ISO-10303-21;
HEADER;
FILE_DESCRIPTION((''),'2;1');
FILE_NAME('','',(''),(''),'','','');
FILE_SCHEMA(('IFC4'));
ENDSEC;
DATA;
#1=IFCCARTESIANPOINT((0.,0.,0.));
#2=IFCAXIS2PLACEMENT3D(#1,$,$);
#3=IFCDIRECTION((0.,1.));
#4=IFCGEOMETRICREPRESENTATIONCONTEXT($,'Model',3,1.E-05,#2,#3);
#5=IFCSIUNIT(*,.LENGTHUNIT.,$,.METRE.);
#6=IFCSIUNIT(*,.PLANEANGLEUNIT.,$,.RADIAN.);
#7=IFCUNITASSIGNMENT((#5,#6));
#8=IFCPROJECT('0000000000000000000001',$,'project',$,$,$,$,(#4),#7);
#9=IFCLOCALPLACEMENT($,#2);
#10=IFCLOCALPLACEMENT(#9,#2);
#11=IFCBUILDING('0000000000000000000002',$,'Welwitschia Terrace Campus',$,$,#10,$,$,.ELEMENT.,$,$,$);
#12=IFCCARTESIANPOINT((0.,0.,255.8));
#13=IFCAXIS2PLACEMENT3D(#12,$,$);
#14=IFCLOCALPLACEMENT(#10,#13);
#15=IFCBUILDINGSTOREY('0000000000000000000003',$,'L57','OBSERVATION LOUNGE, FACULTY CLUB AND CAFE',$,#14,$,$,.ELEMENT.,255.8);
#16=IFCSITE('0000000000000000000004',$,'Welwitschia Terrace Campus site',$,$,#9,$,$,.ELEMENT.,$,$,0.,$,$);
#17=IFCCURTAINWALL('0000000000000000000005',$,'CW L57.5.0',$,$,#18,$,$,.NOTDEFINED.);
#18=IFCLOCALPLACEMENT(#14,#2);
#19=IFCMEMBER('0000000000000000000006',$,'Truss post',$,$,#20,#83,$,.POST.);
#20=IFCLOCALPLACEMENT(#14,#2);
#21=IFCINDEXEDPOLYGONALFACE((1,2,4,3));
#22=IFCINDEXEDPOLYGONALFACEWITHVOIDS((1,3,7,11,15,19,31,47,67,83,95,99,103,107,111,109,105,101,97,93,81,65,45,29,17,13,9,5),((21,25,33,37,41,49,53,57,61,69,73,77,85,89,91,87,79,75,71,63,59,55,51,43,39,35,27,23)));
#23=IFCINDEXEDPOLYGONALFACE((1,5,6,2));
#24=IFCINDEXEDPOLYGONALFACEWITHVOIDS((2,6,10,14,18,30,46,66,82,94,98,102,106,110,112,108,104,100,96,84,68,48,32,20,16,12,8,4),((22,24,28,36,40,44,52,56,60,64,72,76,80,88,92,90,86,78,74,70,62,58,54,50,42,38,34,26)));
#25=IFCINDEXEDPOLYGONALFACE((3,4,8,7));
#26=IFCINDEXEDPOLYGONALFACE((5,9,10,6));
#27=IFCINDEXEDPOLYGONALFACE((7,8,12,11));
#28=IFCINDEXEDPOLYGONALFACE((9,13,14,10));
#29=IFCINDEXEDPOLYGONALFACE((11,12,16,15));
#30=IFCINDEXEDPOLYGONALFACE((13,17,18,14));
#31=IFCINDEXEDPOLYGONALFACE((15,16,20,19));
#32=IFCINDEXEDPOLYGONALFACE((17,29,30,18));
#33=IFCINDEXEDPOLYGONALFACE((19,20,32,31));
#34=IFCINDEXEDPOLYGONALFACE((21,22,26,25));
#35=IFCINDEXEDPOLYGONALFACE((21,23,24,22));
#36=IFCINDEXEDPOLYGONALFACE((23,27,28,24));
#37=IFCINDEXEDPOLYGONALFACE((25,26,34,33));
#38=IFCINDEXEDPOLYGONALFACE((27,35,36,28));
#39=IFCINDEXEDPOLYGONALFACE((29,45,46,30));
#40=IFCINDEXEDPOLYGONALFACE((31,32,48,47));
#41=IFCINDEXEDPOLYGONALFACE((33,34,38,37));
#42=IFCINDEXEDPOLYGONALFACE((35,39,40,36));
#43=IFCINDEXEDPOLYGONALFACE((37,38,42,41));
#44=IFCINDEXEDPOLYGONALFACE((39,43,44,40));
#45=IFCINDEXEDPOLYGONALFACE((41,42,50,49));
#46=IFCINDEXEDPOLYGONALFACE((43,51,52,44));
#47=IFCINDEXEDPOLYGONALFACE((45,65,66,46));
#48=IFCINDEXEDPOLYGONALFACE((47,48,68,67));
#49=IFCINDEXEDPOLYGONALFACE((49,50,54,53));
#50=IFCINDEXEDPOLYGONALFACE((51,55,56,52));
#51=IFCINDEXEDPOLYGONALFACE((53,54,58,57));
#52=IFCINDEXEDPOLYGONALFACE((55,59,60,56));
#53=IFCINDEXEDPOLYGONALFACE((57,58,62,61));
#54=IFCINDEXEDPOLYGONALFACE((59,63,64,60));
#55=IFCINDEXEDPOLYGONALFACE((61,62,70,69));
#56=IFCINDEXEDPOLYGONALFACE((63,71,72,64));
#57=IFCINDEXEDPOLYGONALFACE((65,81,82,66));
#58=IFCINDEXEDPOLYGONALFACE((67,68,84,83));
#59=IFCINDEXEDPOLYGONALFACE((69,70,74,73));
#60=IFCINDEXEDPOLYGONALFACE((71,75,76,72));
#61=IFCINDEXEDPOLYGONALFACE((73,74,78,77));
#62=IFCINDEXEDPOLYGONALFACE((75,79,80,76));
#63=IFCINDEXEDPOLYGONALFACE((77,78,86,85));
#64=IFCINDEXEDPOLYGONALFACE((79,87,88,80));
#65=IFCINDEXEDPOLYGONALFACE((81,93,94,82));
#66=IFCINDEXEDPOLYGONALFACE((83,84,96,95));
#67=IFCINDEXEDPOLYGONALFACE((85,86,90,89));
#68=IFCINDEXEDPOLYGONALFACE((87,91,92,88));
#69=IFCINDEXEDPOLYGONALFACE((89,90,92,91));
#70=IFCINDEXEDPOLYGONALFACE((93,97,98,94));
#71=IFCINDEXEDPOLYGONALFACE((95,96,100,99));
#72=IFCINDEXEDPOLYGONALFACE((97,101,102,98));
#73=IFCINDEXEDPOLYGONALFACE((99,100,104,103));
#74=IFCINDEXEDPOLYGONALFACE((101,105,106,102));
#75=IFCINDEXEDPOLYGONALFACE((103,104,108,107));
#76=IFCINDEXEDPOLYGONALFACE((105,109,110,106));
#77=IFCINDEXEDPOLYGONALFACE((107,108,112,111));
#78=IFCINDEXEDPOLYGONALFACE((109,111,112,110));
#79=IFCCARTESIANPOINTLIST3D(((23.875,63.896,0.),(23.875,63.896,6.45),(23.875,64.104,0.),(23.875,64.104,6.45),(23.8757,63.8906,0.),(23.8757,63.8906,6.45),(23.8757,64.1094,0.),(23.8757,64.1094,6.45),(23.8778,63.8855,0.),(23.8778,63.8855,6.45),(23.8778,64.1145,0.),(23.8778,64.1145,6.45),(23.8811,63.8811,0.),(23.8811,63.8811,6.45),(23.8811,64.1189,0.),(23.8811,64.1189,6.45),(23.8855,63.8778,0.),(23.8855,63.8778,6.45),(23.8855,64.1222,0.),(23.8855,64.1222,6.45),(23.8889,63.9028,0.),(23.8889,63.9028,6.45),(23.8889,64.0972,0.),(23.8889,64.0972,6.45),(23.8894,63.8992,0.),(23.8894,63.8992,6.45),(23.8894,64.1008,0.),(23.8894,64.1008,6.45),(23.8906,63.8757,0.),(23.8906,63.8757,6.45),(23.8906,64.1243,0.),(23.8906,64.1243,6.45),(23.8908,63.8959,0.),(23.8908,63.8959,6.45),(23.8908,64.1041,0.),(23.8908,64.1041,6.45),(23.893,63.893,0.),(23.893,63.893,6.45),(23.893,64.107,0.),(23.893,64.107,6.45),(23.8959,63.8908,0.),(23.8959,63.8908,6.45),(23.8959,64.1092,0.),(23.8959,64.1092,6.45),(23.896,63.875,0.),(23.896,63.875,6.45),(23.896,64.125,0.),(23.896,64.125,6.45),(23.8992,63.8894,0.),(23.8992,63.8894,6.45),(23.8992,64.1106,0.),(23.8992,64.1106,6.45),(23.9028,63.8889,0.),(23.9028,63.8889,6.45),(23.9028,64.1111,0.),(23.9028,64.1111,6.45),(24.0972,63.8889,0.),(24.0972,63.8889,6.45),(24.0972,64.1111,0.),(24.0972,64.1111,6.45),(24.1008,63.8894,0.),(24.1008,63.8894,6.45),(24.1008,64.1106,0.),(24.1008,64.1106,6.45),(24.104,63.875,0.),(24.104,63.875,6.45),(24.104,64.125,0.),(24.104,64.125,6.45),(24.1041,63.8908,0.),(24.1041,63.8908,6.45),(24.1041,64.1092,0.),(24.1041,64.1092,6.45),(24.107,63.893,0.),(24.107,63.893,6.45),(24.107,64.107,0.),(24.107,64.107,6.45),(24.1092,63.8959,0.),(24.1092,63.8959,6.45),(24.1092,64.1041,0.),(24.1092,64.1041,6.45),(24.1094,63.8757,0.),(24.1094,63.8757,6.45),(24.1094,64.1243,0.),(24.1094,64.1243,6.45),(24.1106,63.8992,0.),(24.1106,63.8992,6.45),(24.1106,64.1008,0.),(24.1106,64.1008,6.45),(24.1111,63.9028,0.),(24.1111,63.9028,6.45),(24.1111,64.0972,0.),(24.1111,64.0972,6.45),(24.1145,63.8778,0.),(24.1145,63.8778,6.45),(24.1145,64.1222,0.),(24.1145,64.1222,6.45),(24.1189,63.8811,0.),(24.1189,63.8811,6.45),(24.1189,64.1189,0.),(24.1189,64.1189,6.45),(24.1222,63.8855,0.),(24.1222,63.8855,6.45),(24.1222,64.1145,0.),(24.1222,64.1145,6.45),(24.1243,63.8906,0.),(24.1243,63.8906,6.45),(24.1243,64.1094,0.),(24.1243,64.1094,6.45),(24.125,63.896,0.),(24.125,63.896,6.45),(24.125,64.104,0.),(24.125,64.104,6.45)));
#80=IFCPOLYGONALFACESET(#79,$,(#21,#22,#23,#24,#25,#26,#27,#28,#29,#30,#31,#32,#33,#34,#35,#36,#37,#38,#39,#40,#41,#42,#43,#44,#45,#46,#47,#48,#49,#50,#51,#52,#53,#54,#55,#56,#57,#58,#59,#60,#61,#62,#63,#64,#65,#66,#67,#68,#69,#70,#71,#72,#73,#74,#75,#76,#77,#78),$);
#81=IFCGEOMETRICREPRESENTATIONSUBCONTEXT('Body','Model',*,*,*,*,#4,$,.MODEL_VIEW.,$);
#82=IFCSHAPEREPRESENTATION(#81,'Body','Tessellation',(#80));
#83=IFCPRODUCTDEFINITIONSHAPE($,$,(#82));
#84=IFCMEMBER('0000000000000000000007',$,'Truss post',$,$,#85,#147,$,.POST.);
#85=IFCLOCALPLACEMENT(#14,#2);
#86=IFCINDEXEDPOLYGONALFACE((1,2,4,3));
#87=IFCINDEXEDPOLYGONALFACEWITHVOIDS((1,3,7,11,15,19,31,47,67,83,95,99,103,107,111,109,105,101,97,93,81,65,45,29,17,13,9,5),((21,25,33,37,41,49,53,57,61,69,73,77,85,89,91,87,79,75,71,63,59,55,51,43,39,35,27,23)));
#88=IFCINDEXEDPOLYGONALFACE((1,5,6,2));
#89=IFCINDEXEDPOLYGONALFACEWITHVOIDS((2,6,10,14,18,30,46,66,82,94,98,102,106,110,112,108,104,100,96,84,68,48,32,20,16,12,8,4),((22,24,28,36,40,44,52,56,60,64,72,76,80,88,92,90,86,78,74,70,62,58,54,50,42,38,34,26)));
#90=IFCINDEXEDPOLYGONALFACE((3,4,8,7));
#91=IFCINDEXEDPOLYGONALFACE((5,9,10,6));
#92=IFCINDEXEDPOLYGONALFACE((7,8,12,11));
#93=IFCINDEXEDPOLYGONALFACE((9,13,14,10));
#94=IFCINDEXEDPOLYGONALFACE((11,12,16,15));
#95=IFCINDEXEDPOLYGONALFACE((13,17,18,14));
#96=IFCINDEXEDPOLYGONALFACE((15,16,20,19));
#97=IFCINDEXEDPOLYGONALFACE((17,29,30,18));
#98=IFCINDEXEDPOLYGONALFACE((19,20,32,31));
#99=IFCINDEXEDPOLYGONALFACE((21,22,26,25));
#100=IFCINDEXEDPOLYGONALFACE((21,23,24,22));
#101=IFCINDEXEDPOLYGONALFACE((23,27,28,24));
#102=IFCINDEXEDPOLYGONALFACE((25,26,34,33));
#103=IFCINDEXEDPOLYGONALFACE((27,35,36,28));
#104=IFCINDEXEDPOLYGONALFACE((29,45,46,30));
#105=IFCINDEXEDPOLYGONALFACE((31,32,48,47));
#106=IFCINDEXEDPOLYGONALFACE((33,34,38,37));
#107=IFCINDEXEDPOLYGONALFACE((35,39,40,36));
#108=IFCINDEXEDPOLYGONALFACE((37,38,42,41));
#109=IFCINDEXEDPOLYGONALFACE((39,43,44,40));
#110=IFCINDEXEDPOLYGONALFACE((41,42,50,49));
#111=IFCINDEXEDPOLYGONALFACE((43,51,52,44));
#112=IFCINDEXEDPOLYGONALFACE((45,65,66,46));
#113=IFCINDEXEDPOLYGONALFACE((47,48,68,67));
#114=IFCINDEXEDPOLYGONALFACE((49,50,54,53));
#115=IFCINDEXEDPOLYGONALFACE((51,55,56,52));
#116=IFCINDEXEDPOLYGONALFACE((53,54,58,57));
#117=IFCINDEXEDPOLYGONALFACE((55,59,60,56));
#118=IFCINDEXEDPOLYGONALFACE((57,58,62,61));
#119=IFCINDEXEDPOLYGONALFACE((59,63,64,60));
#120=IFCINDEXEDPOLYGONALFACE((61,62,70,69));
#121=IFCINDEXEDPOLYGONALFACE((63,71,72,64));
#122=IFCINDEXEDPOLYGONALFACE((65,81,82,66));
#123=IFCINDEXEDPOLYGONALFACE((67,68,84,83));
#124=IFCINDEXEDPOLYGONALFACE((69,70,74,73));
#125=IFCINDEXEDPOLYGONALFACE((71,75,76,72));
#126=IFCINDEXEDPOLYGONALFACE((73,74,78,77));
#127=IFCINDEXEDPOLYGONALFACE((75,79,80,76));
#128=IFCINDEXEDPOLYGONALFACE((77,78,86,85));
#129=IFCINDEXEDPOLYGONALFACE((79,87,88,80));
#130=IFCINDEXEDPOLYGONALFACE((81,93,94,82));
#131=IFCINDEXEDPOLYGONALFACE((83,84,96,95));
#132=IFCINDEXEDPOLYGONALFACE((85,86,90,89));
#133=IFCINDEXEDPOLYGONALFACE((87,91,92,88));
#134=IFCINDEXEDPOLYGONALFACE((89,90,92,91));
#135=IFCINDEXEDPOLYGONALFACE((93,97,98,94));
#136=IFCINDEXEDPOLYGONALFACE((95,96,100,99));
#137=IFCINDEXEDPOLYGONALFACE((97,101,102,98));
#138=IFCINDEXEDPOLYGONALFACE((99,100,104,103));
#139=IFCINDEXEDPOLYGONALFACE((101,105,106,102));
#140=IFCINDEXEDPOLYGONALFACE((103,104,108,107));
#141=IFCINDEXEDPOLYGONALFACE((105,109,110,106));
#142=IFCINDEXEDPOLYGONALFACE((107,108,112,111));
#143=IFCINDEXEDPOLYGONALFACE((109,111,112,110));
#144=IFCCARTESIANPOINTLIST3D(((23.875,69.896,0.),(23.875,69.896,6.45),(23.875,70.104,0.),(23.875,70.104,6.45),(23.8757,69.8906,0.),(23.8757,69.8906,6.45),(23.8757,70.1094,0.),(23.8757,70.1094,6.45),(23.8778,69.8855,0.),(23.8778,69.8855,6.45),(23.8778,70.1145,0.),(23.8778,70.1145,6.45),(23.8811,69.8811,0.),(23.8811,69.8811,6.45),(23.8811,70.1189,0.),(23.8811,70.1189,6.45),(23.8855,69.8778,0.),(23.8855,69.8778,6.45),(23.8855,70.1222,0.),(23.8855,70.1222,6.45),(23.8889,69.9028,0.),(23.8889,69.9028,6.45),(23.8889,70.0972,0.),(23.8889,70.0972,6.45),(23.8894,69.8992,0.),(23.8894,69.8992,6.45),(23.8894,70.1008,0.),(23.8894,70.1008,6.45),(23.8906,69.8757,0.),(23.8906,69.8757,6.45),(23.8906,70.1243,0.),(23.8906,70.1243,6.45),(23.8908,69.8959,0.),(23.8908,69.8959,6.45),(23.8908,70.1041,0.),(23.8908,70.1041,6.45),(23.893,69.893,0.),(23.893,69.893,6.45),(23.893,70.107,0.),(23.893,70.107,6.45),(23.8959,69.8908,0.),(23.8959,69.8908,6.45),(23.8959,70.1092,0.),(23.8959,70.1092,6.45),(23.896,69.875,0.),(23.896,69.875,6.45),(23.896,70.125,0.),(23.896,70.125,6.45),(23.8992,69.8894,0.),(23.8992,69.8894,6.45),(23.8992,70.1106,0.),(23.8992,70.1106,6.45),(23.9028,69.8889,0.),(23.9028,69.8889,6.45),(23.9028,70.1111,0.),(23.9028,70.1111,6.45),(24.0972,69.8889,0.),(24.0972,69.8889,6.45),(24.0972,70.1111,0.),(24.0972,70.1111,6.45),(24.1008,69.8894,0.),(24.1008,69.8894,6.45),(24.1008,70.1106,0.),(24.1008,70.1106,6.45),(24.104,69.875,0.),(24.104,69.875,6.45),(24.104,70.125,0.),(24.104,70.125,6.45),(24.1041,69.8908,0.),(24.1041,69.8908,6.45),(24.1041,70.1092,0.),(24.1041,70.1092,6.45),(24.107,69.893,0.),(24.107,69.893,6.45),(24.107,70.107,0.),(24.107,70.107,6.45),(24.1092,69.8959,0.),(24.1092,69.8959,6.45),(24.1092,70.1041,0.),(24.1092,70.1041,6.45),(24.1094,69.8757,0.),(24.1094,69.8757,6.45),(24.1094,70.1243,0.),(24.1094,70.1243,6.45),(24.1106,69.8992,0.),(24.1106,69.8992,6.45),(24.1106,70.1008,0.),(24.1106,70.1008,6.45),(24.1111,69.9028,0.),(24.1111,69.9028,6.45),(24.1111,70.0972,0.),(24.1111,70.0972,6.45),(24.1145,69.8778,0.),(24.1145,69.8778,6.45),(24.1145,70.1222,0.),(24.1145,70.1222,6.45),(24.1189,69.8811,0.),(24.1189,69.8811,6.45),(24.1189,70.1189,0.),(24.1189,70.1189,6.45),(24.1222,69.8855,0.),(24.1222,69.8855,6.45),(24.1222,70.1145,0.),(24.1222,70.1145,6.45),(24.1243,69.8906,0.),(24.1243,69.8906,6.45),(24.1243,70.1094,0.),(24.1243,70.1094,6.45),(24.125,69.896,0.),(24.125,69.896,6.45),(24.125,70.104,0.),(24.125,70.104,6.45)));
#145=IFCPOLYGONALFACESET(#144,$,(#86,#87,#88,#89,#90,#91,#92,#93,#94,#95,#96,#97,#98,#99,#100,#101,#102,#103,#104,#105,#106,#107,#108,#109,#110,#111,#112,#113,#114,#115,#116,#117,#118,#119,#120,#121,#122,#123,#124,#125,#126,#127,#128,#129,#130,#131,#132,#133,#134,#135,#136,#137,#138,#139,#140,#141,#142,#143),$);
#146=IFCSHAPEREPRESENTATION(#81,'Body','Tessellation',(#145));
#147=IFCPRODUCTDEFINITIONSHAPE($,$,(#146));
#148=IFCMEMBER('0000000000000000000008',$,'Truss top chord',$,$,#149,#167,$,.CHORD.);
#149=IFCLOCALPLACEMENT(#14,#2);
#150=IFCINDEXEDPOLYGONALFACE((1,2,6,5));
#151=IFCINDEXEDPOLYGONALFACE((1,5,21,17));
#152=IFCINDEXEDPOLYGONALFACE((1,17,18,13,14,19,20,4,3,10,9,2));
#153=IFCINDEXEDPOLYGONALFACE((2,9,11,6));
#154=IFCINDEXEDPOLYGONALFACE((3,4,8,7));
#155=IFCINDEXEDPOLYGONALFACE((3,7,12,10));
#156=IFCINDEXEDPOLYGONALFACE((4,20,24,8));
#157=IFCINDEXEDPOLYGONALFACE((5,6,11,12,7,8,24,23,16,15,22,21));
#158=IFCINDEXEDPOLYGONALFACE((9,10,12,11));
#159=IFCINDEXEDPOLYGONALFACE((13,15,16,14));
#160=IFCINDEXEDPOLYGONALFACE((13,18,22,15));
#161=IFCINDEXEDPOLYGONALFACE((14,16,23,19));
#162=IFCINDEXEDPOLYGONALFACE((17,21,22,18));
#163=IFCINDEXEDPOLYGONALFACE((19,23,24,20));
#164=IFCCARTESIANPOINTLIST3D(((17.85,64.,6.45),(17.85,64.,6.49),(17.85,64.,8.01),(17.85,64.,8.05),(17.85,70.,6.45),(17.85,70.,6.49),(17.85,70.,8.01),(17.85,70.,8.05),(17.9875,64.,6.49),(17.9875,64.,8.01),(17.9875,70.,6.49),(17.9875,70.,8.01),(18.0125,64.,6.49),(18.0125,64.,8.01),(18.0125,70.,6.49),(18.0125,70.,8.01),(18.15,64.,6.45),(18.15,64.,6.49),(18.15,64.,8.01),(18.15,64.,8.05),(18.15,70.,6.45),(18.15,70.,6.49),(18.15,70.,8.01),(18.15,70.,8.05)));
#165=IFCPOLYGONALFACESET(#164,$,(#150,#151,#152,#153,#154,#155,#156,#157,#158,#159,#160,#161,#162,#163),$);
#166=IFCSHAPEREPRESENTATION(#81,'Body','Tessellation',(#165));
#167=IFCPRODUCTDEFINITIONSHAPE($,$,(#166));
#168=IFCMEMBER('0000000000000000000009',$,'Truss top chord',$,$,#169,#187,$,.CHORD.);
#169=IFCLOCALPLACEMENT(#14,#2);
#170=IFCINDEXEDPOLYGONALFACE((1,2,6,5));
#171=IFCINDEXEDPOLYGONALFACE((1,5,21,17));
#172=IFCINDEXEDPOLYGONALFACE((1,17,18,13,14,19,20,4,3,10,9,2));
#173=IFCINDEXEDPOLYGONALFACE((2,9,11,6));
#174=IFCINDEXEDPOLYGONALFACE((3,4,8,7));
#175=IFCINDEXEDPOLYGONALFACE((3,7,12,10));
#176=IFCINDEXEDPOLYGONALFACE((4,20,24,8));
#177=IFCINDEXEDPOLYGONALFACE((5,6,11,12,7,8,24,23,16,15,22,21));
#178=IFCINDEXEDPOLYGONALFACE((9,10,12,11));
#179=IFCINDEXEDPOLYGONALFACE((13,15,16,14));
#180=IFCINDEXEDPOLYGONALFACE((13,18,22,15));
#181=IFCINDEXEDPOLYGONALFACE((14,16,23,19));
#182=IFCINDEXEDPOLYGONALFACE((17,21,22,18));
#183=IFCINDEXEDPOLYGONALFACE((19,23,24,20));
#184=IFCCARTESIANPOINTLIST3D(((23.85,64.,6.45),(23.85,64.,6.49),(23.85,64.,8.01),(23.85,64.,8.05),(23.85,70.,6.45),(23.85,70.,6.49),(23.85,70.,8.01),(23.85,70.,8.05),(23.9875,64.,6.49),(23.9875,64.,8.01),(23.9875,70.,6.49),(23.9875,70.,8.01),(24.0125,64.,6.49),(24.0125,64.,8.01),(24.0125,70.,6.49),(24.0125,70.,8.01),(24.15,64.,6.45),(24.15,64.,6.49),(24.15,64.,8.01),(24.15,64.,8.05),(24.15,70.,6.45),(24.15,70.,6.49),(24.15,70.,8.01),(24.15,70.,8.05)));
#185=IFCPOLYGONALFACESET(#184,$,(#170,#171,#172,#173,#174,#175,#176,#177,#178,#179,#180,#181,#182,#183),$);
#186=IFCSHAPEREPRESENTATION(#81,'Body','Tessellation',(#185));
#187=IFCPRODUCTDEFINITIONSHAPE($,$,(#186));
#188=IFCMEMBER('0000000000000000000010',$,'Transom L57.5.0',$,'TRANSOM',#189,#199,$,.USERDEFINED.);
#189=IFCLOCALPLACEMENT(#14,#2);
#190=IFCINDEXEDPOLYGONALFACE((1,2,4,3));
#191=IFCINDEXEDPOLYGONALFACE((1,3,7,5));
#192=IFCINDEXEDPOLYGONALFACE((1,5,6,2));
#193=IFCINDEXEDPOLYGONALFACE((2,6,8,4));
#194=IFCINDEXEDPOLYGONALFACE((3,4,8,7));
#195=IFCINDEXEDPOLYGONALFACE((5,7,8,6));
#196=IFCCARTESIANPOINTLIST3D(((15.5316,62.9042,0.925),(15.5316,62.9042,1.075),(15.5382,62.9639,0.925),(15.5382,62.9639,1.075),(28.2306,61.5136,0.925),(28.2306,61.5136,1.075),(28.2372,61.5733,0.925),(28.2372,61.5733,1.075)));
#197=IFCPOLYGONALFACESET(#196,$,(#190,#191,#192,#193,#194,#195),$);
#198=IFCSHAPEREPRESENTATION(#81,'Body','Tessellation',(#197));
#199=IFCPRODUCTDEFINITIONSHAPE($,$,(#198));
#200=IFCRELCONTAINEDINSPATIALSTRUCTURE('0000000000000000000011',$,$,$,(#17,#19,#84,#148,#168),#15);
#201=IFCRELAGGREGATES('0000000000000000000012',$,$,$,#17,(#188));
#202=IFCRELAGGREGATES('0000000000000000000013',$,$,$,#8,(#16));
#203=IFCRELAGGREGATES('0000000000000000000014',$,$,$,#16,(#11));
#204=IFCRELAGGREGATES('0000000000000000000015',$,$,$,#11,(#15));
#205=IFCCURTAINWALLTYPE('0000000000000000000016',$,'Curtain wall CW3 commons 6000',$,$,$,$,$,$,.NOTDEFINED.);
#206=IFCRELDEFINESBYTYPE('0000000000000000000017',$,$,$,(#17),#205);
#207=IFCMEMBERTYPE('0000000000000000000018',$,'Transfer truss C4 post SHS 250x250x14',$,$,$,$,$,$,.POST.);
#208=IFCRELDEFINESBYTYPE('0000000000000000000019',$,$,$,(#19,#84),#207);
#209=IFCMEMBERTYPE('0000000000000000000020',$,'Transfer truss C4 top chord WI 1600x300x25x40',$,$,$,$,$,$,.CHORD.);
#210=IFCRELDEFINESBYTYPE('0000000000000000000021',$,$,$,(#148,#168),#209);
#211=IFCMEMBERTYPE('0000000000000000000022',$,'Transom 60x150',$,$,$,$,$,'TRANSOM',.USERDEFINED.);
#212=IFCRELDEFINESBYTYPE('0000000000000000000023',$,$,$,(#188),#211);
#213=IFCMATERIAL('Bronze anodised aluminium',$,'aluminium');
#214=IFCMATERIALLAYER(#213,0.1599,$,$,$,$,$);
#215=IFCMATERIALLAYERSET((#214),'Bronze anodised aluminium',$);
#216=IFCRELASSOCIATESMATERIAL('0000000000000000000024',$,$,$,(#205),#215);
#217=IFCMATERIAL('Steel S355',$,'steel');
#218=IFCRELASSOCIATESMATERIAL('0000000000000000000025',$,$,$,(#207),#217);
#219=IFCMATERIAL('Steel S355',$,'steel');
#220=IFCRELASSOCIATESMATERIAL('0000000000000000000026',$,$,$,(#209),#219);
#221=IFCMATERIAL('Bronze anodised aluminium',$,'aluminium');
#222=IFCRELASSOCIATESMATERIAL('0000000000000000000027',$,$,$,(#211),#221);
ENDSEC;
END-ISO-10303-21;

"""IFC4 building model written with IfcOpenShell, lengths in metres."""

from ifc_helpers import new_model, si_unit, direction, frame, origin, origin_2d, place, context, subcontext, project, spatial, rectangle, hollow_rectangle, i_section, extrude, material, layer, layer_set, material_profile, profile_set, type_object, element, aggregate, save


model = new_model("IFC4")

# Units and contexts
model_context = context("Model", 3, precision=1e-05, world=origin(), true_north=direction((0.0, 1.0)))
body_context = subcontext(model_context, "Body", "Model", "MODEL_VIEW")
ifc_project = project(units=[si_unit("LENGTHUNIT", "METRE"), si_unit("PLANEANGLEUNIT", "RADIAN")], contexts=[model_context])

# Site, building, storey
site_placement = place(None, origin())
site = spatial("IfcSite", under=ifc_project, at=site_placement, Name="Welwitschia Terrace Campus site", CompositionType="ELEMENT", RefElevation=0.0)
building_placement = place(site_placement, origin())
building = spatial("IfcBuilding", under=site, at=building_placement, Name="Welwitschia Terrace Campus", CompositionType="ELEMENT")
storey_placement = place(building_placement, frame((0.0, 0.0, 255.8)))
storey = spatial("IfcBuildingStorey", under=building, at=storey_placement, Name="L57", Description="OBSERVATION LOUNGE, FACULTY CLUB AND CAFE", CompositionType="ELEMENT", Elevation=255.8)

# Shared definitions
ifc_material_1 = material(Name="Bronze anodised aluminium", Category="aluminium")
ifc_layer_1 = layer(ifc_material_1, 0.1599)
ifc_layer_set_1 = layer_set([ifc_layer_1], Name="Bronze anodised aluminium")
curtain_wall_type = type_object("IfcCurtainWallType", Name="Curtain wall CW3 commons 6000", PredefinedType="NOTDEFINED", material=ifc_layer_set_1)

# Curtain wall
curtain_wall_1_placement = place(storey_placement, origin())
curtain_wall_1 = element("IfcCurtainWall", 1, at=curtain_wall_1_placement, inside=storey, type_object=curtain_wall_type, Name="CW L57.5.0", PredefinedType="NOTDEFINED")

# Members
ifc_material_2 = material(Name="Steel S355", Category="steel")
ifc_material_profile_1 = material_profile(ifc_material_2, hollow_rectangle(XDim=0.25, YDim=0.25, WallThickness=0.0139, InnerFilletRadius=0.0139, OuterFilletRadius=0.021, at=origin_2d()))
ifc_profile_set_1 = profile_set([ifc_material_profile_1], Name="Steel S355")
member_type_1 = type_object("IfcMemberType", Name="Transfer truss C4 post SHS 250x250x14", PredefinedType="POST", material=ifc_profile_set_1)
for number, where, z_axis, x_axis, name in (
    (2, (24.0, 64.0, 0.0), (0.0, 0.0, 1.0), (1.0, 0.0, 0.0), "Truss post"),
    (3, (24.0, 70.0, 0.0), (0.0, 0.0, 1.0), (1.0, 0.0, 0.0), "Truss post"),
):
    element("IfcMember", number, at=place(storey_placement, frame(where, z_axis=z_axis, x_axis=x_axis)), inside=storey, type_object=member_type_1, Name=name, PredefinedType="POST", context=body_context, shape_type="SweptSolid", body=[
        extrude(hollow_rectangle(XDim=0.25, YDim=0.25, WallThickness=0.0139, InnerFilletRadius=0.0139, OuterFilletRadius=0.021, at=origin_2d()), origin(), (0.0, 0.0, 1.0), 6.45),
    ])
ifc_material_3 = material(Name="Steel S355", Category="steel")
ifc_material_profile_2 = material_profile(ifc_material_3, i_section(OverallWidth=0.3, OverallDepth=1.6001, WebThickness=0.0249, FlangeThickness=0.04, at=origin_2d()))
ifc_profile_set_2 = profile_set([ifc_material_profile_2], Name="Steel S355")
member_type_2 = type_object("IfcMemberType", Name="Transfer truss C4 top chord WI 1600x300x25x40", PredefinedType="CHORD", material=ifc_profile_set_2)
for number, where, z_axis, x_axis, name in (
    (4, (18.0, 64.0, 7.25), (0.0, 1.0, 0.0), (-1.0, 0.0, 0.0), "Truss top chord"),
    (5, (24.0, 64.0, 7.25), (0.0, 1.0, 0.0), (-1.0, 0.0, 0.0), "Truss top chord"),
):
    element("IfcMember", number, at=place(storey_placement, frame(where, z_axis=z_axis, x_axis=x_axis)), inside=storey, type_object=member_type_2, Name=name, PredefinedType="CHORD", context=body_context, shape_type="SweptSolid", body=[
        extrude(i_section(OverallWidth=0.3, OverallDepth=1.6001, WebThickness=0.0249, FlangeThickness=0.04, at=origin_2d()), origin(), (0.0, 0.0, 1.0), 6.0),
    ])

# Member
ifc_material_4 = material(Name="Bronze anodised aluminium", Category="aluminium")
ifc_material_profile_3 = material_profile(ifc_material_4, rectangle(XDim=0.0601, YDim=0.1499, at=origin_2d()))
ifc_profile_set_3 = profile_set([ifc_material_profile_3], Name="Bronze anodised aluminium")
member_type_3 = type_object("IfcMemberType", Name="Transom 60x150", ElementType="TRANSOM", PredefinedType="USERDEFINED", material=ifc_profile_set_3)
member_1_placement = place(storey_placement, frame((28.2339, 61.5435, 1.0), z_axis=(-0.994058, 0.108856, 0.0), x_axis=(-0.108856, -0.994058, 0.0)))
member_1 = element("IfcMember", 6, at=member_1_placement, type_object=member_type_3, Name="Transom L57.5.0", ObjectType="TRANSOM", PredefinedType="USERDEFINED", context=body_context, shape_type="SweptSolid", body=[
    extrude(rectangle(XDim=0.0601, YDim=0.1499, at=origin_2d()), origin(), (0.0, 0.0, 1.0), 12.7749),
])

aggregate(curtain_wall_1, [member_1])

save(model, "model.ifc")
